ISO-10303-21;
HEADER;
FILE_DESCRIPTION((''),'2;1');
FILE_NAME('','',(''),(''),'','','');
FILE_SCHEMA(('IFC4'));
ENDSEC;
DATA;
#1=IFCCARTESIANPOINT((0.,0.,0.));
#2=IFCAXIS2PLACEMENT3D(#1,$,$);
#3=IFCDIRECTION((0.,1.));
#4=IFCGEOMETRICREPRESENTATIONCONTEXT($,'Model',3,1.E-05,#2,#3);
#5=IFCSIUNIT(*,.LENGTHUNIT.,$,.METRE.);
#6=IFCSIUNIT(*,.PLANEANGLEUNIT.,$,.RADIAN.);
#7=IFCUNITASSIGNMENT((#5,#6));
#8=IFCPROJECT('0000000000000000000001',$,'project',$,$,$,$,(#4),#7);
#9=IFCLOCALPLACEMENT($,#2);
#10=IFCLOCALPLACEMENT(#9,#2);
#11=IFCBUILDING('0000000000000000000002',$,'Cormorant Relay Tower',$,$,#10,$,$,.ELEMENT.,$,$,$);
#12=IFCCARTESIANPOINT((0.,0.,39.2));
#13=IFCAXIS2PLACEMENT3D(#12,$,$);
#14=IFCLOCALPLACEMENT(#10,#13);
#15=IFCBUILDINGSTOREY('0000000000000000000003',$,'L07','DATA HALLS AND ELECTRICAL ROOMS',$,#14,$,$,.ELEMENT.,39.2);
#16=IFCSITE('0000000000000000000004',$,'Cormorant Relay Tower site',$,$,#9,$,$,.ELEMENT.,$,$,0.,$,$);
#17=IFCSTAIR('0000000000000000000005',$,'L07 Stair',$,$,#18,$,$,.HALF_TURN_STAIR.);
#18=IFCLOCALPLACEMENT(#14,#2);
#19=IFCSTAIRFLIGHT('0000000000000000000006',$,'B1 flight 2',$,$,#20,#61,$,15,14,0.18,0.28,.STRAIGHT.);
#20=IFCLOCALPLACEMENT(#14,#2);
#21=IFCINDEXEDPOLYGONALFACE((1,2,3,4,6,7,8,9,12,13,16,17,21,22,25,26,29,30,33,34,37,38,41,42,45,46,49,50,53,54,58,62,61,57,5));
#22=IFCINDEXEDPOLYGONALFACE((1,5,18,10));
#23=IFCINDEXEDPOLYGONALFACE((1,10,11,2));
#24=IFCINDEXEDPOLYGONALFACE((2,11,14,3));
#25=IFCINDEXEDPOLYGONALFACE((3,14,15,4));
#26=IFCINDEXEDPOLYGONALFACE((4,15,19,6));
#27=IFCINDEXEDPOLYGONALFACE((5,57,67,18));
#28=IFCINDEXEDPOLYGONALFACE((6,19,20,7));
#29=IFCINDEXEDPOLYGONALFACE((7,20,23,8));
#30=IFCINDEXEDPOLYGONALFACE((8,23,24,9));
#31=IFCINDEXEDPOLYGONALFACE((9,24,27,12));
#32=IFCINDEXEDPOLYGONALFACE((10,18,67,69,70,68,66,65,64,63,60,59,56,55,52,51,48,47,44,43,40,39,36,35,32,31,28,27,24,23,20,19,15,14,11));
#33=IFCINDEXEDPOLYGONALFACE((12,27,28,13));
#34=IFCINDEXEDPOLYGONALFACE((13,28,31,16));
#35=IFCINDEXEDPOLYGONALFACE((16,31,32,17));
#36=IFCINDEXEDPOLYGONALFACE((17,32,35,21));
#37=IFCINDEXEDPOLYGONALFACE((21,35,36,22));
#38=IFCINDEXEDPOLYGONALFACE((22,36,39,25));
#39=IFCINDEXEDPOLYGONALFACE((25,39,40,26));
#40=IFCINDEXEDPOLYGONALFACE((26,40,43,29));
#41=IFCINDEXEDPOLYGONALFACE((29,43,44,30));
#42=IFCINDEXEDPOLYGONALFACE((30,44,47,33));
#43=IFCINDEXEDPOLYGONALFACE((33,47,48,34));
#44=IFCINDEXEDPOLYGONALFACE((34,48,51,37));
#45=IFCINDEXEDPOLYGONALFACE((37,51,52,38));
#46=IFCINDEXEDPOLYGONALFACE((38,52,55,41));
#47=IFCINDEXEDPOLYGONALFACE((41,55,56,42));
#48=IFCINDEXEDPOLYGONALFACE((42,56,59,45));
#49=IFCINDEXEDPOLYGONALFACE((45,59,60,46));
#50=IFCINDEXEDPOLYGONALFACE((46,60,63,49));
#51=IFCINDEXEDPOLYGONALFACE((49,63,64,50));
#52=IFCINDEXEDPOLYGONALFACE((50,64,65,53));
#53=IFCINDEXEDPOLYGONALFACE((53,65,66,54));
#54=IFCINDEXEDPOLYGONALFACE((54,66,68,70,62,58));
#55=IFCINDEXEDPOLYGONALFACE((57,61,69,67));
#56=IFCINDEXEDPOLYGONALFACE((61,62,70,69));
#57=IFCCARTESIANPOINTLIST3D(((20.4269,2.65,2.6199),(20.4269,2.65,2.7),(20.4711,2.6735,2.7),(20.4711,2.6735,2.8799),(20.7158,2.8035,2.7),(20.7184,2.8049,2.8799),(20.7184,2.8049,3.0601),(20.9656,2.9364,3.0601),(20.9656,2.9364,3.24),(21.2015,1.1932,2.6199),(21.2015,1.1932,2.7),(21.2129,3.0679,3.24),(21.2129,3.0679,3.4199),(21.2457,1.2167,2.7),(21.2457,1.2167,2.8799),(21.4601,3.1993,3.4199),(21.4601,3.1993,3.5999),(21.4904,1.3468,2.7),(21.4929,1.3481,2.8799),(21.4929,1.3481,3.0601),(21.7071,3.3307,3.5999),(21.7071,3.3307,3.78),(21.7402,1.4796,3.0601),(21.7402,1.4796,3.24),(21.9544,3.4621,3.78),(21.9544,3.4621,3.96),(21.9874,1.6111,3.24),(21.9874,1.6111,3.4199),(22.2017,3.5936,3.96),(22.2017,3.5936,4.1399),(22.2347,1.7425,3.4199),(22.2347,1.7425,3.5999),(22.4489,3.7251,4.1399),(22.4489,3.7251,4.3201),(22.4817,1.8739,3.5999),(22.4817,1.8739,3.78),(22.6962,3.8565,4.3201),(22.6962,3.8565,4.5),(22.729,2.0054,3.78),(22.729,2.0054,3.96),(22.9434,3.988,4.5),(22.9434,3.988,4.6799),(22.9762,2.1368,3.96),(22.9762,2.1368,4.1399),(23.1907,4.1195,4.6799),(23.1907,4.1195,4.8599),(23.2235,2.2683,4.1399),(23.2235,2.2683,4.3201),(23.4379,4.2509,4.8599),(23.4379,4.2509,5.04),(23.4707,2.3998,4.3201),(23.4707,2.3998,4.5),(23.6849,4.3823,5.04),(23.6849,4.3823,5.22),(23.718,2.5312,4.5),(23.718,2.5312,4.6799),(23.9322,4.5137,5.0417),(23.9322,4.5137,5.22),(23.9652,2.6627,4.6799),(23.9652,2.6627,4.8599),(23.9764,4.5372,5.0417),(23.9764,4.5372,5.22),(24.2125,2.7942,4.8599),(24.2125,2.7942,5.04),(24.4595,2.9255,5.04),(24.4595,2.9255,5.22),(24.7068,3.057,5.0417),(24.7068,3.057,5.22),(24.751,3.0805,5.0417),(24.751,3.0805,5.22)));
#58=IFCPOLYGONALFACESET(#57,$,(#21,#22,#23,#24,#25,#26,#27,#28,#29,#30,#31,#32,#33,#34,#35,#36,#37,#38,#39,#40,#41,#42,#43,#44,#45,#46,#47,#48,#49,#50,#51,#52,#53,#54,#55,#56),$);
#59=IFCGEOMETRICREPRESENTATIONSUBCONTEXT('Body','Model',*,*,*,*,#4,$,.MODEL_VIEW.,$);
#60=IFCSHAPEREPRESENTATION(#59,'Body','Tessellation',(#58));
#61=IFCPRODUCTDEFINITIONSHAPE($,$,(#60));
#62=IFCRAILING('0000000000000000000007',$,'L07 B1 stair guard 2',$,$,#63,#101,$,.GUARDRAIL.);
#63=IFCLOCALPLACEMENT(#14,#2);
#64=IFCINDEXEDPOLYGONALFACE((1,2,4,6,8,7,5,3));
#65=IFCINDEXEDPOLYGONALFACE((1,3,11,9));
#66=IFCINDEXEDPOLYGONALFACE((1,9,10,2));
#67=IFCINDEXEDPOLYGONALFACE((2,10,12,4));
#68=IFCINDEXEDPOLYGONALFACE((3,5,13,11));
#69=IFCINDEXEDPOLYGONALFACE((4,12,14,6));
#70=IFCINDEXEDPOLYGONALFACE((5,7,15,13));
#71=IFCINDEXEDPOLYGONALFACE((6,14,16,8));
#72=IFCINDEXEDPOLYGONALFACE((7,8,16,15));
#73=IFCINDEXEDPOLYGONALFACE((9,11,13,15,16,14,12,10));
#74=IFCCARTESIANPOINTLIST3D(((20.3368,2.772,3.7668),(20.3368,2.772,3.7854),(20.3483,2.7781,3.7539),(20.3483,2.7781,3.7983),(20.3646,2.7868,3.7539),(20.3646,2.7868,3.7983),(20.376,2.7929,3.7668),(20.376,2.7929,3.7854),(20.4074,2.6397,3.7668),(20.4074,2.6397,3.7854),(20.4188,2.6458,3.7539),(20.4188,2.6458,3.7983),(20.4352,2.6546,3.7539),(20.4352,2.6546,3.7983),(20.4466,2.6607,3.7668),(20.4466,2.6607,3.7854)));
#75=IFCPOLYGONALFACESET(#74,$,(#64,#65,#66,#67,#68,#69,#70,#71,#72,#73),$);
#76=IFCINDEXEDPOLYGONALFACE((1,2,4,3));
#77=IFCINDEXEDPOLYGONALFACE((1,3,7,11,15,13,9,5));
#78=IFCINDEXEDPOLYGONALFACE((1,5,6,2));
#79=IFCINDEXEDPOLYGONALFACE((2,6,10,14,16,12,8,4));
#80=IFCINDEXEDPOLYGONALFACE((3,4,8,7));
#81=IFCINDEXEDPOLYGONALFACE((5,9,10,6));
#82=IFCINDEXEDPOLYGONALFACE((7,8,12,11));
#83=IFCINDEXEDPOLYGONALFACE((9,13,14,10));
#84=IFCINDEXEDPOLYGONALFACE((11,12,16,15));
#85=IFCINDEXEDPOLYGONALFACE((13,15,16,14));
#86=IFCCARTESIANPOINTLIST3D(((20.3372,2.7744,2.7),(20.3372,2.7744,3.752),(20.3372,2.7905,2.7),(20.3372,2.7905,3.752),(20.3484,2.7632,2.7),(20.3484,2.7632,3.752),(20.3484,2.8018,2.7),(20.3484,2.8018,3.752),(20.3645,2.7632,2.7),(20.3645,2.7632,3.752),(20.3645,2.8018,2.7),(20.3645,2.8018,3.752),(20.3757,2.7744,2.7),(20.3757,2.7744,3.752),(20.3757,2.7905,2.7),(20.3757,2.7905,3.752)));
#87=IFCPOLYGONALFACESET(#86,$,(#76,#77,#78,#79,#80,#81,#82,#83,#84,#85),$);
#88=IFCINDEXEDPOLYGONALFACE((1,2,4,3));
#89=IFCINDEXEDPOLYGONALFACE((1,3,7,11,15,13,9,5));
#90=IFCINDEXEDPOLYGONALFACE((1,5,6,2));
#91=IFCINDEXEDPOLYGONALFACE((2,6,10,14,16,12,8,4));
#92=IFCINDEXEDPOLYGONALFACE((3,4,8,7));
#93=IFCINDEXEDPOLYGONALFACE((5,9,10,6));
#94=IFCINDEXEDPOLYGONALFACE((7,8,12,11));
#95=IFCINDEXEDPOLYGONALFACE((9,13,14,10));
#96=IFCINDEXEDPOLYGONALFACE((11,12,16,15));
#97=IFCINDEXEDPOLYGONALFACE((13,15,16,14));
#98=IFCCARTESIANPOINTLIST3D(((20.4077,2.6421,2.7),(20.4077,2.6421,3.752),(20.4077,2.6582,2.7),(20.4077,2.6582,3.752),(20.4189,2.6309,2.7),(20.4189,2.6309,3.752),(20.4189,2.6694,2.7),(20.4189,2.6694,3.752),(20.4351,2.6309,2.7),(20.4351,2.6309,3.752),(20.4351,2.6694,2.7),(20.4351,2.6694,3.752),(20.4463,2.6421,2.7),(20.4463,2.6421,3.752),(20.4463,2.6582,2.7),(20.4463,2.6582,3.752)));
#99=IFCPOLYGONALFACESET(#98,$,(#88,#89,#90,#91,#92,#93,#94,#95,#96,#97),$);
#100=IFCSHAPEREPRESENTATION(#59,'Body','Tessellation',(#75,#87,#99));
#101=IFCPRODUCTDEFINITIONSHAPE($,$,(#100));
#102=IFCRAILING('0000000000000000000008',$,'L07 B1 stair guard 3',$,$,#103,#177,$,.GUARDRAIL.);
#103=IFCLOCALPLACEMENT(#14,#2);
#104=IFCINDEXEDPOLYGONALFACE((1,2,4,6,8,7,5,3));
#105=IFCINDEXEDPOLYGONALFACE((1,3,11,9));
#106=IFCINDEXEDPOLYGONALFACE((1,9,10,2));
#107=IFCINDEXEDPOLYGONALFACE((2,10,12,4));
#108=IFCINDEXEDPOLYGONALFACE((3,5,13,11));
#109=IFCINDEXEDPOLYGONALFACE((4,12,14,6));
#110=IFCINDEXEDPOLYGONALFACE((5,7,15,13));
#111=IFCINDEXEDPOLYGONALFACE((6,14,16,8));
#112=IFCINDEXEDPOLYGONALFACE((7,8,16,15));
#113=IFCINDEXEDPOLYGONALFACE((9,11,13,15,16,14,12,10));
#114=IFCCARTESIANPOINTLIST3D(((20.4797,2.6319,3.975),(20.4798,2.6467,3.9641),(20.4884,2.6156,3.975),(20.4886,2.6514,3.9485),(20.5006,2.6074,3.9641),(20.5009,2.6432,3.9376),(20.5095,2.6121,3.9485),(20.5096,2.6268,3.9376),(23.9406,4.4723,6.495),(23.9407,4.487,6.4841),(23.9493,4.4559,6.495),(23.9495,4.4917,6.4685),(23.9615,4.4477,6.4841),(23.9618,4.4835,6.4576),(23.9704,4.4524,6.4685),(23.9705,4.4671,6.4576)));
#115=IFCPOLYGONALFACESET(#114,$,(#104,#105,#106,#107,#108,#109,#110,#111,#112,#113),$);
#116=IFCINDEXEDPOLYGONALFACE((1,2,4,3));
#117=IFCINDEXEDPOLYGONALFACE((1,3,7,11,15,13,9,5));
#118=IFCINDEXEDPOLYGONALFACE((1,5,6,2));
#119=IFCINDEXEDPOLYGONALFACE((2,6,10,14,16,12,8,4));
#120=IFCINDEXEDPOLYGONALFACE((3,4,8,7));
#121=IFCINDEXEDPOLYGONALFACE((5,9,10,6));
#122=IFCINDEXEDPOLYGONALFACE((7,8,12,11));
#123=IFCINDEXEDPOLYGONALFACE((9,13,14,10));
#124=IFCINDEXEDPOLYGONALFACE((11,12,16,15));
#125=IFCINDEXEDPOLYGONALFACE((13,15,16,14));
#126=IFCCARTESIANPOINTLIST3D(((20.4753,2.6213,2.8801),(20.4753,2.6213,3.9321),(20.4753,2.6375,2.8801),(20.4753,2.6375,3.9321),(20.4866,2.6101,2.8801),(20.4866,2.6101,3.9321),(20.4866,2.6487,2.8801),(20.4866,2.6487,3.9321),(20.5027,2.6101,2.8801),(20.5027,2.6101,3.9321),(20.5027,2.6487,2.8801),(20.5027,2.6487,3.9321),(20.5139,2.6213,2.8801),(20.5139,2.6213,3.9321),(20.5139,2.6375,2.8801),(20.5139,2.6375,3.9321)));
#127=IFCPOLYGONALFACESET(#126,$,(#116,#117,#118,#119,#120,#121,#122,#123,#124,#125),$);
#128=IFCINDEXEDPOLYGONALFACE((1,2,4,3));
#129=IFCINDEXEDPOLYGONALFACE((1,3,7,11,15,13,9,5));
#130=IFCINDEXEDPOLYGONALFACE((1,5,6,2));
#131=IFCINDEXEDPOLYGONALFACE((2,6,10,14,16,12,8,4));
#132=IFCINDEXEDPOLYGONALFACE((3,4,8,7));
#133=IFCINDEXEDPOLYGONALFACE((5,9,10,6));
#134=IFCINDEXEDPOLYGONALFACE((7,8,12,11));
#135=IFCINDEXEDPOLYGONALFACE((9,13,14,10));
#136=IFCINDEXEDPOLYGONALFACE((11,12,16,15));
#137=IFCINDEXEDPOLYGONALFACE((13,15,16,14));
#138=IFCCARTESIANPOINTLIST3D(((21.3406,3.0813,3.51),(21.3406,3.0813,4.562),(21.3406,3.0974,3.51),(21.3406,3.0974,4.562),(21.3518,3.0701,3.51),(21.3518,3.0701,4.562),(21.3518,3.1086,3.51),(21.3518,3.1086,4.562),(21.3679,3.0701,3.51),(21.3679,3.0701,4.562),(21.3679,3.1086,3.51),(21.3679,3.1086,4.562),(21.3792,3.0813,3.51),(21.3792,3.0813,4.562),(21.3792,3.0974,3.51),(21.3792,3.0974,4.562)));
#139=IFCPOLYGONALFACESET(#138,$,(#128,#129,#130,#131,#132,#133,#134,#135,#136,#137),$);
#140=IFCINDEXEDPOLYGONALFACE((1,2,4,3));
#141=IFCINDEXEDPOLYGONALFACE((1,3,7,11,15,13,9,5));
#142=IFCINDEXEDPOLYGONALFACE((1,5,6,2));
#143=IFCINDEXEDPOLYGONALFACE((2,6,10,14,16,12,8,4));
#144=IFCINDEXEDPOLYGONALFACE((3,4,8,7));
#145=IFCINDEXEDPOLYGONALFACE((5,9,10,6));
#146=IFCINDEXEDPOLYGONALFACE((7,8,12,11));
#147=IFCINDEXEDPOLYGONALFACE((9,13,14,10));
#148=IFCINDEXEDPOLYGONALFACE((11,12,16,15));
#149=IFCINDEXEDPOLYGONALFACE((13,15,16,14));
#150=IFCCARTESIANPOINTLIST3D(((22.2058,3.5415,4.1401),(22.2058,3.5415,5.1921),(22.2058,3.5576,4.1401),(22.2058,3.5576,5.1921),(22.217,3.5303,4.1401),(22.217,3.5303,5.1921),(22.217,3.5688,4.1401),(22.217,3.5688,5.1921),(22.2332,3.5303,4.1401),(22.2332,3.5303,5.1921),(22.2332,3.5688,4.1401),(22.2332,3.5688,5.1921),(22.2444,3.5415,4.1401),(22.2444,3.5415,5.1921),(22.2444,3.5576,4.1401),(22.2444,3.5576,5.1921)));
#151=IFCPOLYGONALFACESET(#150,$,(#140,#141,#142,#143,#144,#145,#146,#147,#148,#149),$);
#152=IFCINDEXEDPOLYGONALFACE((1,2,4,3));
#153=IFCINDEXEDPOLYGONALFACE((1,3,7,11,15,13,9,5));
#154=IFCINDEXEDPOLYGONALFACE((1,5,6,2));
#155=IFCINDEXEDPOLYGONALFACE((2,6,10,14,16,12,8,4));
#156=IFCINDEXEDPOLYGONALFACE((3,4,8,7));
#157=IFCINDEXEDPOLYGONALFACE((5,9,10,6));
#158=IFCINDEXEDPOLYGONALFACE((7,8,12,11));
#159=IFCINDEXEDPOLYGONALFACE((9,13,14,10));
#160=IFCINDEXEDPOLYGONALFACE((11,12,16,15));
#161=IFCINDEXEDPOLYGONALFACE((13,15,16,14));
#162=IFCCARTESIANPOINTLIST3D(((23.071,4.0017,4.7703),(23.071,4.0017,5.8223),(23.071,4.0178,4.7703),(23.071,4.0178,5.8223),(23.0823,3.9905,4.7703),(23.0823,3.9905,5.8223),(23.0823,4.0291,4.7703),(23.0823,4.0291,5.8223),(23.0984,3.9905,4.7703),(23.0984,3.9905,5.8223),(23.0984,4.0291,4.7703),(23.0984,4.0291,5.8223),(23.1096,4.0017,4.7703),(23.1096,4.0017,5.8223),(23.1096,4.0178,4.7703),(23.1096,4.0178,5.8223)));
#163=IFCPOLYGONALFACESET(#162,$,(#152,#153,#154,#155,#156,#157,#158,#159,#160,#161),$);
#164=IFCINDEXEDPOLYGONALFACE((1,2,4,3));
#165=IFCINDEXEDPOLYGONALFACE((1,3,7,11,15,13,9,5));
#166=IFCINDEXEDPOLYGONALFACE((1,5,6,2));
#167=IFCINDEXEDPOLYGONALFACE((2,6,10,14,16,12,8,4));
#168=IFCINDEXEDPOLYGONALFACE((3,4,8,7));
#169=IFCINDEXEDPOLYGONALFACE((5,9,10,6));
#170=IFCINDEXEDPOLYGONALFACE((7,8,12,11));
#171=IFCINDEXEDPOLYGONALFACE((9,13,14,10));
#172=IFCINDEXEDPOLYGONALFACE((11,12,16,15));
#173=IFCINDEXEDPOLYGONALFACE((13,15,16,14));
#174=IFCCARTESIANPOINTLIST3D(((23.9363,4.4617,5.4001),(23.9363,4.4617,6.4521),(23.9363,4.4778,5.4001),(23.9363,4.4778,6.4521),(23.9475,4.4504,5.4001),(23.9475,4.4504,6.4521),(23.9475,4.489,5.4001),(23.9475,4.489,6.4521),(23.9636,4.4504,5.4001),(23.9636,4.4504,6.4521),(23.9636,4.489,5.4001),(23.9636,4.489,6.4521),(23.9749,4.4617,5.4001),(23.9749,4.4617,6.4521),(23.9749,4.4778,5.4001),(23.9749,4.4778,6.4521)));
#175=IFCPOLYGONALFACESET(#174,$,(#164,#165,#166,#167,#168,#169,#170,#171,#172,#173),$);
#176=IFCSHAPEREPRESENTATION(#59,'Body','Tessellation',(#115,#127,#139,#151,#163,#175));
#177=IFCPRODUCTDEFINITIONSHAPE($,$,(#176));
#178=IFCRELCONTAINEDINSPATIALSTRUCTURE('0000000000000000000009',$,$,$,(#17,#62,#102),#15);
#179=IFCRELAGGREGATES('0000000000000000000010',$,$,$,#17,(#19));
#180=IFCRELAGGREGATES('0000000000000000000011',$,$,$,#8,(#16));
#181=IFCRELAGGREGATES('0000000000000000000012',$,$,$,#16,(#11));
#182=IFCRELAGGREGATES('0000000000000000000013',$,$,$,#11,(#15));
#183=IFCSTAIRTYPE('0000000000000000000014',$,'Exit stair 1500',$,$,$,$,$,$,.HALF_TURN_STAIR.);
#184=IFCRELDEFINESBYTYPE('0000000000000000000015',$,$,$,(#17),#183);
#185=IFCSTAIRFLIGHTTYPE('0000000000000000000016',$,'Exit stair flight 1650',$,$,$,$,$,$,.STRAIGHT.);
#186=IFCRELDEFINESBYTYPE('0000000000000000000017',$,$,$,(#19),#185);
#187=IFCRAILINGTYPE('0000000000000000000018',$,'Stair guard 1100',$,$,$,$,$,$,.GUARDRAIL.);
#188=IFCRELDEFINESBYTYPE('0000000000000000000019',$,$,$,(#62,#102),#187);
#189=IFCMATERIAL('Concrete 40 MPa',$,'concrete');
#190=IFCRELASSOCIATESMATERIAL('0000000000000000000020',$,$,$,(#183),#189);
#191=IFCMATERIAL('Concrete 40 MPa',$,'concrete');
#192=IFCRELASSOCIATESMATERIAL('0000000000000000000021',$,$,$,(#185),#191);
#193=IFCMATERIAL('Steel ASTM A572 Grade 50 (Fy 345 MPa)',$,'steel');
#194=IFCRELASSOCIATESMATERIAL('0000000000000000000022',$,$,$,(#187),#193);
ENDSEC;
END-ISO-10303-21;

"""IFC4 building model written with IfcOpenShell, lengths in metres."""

from ifc_helpers import new_model, si_unit, direction, frame, origin, place, context, subcontext, project, spatial, polyline, outline, extrude, material, type_object, element, aggregate, save


model = new_model("IFC4")

# Units and contexts
model_context = context("Model", 3, precision=1e-05, world=origin(), true_north=direction((0.0, 1.0)))
body_context = subcontext(model_context, "Body", "Model", "MODEL_VIEW")
ifc_project = project(units=[si_unit("LENGTHUNIT", "METRE"), si_unit("PLANEANGLEUNIT", "RADIAN")], contexts=[model_context])

# Site, building, storey
site_placement = place(None, origin())
site = spatial("IfcSite", under=ifc_project, at=site_placement, Name="Cormorant Relay Tower site", CompositionType="ELEMENT", RefElevation=0.0)
building_placement = place(site_placement, origin())
building = spatial("IfcBuilding", under=site, at=building_placement, Name="Cormorant Relay Tower", CompositionType="ELEMENT")
storey_placement = place(building_placement, frame((0.0, 0.0, 39.2)))
storey = spatial("IfcBuildingStorey", under=building, at=storey_placement, Name="L07", Description="DATA HALLS AND ELECTRICAL ROOMS", CompositionType="ELEMENT", Elevation=39.2)

# Shared definitions
ifc_material_1 = material(Name="Concrete 40 MPa", Category="concrete")
stair_type = type_object("IfcStairType", Name="Exit stair 1500", PredefinedType="HALF_TURN_STAIR", material=ifc_material_1)

# Stair, stair flight
stair_1_placement = place(storey_placement, origin())
stair_1 = element("IfcStair", 1, at=stair_1_placement, inside=storey, type_object=stair_type, Name="L07 Stair", PredefinedType="HALF_TURN_STAIR")
ifc_material_2 = material(Name="Concrete 40 MPa", Category="concrete")
stair_flight_type = type_object("IfcStairFlightType", Name="Exit stair flight 1650", PredefinedType="STRAIGHT", material=ifc_material_2)
stair_flight_placement = place(storey_placement, frame((20.8584, 1.9451, 2.7), z_axis=(0.0, 0.0, 1.0), x_axis=(0.882948, 0.469472, 0.0)))
stair_flight = element("IfcStairFlight", 2, at=stair_flight_placement, type_object=stair_flight_type, Name="B1 flight 2", NumberOfRisers=15, NumberOfTreads=14, PredefinedType="STRAIGHT", RiserHeight=0.18, TreadLength=0.28, context=body_context, shape_type="SweptSolid", body=[
    extrude(outline(polyline([(-0.05, -0.0801), (-0.05, 0.0), (0.0, 0.0), (0.0, 0.1799), (0.28, 0.1799), (0.28, 0.3601), (0.5601, 0.3601), (0.5601, 0.54), (0.8401, 0.54), (0.8401, 0.72), (1.1201, 0.72), (1.1201, 0.8999), (1.3999, 0.8999), (1.3999, 1.0801), (1.6799, 1.0801), (1.6799, 1.26), (1.96, 1.26), (1.96, 1.4399), (2.24, 1.4399), (2.24, 1.6201), (2.52, 1.6201), (2.52, 1.8), (2.8, 1.8), (2.8, 1.98), (3.0801, 1.98), (3.0801, 2.1599), (3.3601, 2.1599), (3.3601, 2.3401), (3.6399, 2.3401), (3.6399, 2.52), (3.9199, 2.52), (3.97, 2.52), (3.97, 2.3418), (3.9199, 2.3418), (0.2771, 0.0), (-0.05, -0.0801)])), frame((0.0, 0.825, 0.0), z_axis=(0.0, -1.0, 0.0), x_axis=(1.0, 0.0, 0.0)), (0.0, 0.0, 1.0), 1.6499),
])
aggregate(stair_1, [stair_flight])

# Railings
ifc_material_3 = material(Name="Steel ASTM A572 Grade 50 (Fy 345 MPa)", Category="steel")
railing_type_1 = type_object("IfcRailingType", Name="Stair guard 1100", PredefinedType="GUARDRAIL", material=ifc_material_3)
railing_1_placement = place(storey_placement, frame((20.3564, 2.7825, 2.7)))
element("IfcRailing", 3, at=railing_1_placement, inside=storey, type_object=railing_type_1, Name="L07 B1 stair guard 2", PredefinedType="GUARDRAIL", context=body_context, shape_type="SweptSolid", body=[
    extrude(outline(polyline([(0.0222, 0.0093), (0.0093, 0.0222), (-0.0093, 0.0222), (-0.0222, 0.0093), (-0.0222, -0.0093), (-0.0093, -0.0222), (0.0093, -0.0222), (0.0222, -0.0093), (0.0222, 0.0093)])), frame((0.0, 0.0, 1.0762), z_axis=(0.470504, -0.882398, 0.0), x_axis=(0.882398, 0.470504, 0.0)), (0.0, 0.0, 1.0), 0.1499),
    extrude(outline(polyline([(0.0193, 0.0081), (0.0081, 0.0193), (-0.0081, 0.0193), (-0.0193, 0.0081), (-0.0193, -0.0081), (-0.0081, -0.0193), (0.0081, -0.0193), (0.0193, -0.0081), (0.0193, 0.0081)])), origin(), (0.0, 0.0, 1.0), 1.052),
    extrude(outline(polyline([(0.0193, 0.0081), (0.0081, 0.0193), (-0.0081, 0.0193), (-0.0193, 0.0081), (-0.0193, -0.0081), (-0.0081, -0.0193), (0.0081, -0.0193), (0.0193, -0.0081), (0.0193, 0.0081)])), frame((0.0706, -0.1323, 0.0)), (0.0, 0.0, 1.0), 1.052),
])
railing_2_placement = place(storey_placement, frame((20.4946, 2.6294, 2.8801)))
element("IfcRailing", 4, at=railing_2_placement, inside=storey, type_object=railing_type_1, Name="L07 B1 stair guard 3", PredefinedType="GUARDRAIL", context=body_context, shape_type="SweptSolid", body=[
    extrude(outline(polyline([(0.0222, 0.0093), (0.0093, 0.0222), (-0.0093, 0.0222), (-0.0222, 0.0093), (-0.0222, -0.0093), (-0.0093, -0.0222), (0.0093, -0.0222), (0.0222, -0.0093), (0.0222, 0.0093)])), frame((0.0, 0.0, 1.0762), z_axis=(0.742694, 0.394923, 0.540779), x_axis=(-0.469495, 0.882935, 0.0)), (0.0, 0.0, 1.0), 4.6599),
    extrude(outline(polyline([(0.0193, 0.0081), (0.0081, 0.0193), (-0.0081, 0.0193), (-0.0193, 0.0081), (-0.0193, -0.0081), (-0.0081, -0.0193), (0.0081, -0.0193), (0.0193, -0.0081), (0.0193, 0.0081)])), origin(), (0.0, 0.0, 1.0), 1.052),
    extrude(outline(polyline([(0.0193, 0.0081), (0.0081, 0.0193), (-0.0081, 0.0193), (-0.0193, 0.0081), (-0.0193, -0.0081), (-0.0081, -0.0193), (0.0081, -0.0193), (0.0193, -0.0081), (0.0193, 0.0081)])), frame((0.8652, 0.46, 0.6299)), (0.0, 0.0, 1.0), 1.052),
    extrude(outline(polyline([(0.0193, 0.0081), (0.0081, 0.0193), (-0.0081, 0.0193), (-0.0193, 0.0081), (-0.0193, -0.0081), (-0.0081, -0.0193), (0.0081, -0.0193), (0.0193, -0.0081), (0.0193, 0.0081)])), frame((1.7305, 0.9202, 1.26)), (0.0, 0.0, 1.0), 1.052),
    extrude(outline(polyline([(0.0193, 0.0081), (0.0081, 0.0193), (-0.0081, 0.0193), (-0.0193, 0.0081), (-0.0193, -0.0081), (-0.0081, -0.0193), (0.0081, -0.0193), (0.0193, -0.0081), (0.0193, 0.0081)])), frame((2.5957, 1.3804, 1.8901)), (0.0, 0.0, 1.0), 1.052),
    extrude(outline(polyline([(0.0193, 0.0081), (0.0081, 0.0193), (-0.0081, 0.0193), (-0.0193, 0.0081), (-0.0193, -0.0081), (-0.0081, -0.0193), (0.0081, -0.0193), (0.0193, -0.0081), (0.0193, 0.0081)])), frame((3.4609, 1.8403, 2.52)), (0.0, 0.0, 1.0), 1.052),
])

save(model, "model.ifc")
